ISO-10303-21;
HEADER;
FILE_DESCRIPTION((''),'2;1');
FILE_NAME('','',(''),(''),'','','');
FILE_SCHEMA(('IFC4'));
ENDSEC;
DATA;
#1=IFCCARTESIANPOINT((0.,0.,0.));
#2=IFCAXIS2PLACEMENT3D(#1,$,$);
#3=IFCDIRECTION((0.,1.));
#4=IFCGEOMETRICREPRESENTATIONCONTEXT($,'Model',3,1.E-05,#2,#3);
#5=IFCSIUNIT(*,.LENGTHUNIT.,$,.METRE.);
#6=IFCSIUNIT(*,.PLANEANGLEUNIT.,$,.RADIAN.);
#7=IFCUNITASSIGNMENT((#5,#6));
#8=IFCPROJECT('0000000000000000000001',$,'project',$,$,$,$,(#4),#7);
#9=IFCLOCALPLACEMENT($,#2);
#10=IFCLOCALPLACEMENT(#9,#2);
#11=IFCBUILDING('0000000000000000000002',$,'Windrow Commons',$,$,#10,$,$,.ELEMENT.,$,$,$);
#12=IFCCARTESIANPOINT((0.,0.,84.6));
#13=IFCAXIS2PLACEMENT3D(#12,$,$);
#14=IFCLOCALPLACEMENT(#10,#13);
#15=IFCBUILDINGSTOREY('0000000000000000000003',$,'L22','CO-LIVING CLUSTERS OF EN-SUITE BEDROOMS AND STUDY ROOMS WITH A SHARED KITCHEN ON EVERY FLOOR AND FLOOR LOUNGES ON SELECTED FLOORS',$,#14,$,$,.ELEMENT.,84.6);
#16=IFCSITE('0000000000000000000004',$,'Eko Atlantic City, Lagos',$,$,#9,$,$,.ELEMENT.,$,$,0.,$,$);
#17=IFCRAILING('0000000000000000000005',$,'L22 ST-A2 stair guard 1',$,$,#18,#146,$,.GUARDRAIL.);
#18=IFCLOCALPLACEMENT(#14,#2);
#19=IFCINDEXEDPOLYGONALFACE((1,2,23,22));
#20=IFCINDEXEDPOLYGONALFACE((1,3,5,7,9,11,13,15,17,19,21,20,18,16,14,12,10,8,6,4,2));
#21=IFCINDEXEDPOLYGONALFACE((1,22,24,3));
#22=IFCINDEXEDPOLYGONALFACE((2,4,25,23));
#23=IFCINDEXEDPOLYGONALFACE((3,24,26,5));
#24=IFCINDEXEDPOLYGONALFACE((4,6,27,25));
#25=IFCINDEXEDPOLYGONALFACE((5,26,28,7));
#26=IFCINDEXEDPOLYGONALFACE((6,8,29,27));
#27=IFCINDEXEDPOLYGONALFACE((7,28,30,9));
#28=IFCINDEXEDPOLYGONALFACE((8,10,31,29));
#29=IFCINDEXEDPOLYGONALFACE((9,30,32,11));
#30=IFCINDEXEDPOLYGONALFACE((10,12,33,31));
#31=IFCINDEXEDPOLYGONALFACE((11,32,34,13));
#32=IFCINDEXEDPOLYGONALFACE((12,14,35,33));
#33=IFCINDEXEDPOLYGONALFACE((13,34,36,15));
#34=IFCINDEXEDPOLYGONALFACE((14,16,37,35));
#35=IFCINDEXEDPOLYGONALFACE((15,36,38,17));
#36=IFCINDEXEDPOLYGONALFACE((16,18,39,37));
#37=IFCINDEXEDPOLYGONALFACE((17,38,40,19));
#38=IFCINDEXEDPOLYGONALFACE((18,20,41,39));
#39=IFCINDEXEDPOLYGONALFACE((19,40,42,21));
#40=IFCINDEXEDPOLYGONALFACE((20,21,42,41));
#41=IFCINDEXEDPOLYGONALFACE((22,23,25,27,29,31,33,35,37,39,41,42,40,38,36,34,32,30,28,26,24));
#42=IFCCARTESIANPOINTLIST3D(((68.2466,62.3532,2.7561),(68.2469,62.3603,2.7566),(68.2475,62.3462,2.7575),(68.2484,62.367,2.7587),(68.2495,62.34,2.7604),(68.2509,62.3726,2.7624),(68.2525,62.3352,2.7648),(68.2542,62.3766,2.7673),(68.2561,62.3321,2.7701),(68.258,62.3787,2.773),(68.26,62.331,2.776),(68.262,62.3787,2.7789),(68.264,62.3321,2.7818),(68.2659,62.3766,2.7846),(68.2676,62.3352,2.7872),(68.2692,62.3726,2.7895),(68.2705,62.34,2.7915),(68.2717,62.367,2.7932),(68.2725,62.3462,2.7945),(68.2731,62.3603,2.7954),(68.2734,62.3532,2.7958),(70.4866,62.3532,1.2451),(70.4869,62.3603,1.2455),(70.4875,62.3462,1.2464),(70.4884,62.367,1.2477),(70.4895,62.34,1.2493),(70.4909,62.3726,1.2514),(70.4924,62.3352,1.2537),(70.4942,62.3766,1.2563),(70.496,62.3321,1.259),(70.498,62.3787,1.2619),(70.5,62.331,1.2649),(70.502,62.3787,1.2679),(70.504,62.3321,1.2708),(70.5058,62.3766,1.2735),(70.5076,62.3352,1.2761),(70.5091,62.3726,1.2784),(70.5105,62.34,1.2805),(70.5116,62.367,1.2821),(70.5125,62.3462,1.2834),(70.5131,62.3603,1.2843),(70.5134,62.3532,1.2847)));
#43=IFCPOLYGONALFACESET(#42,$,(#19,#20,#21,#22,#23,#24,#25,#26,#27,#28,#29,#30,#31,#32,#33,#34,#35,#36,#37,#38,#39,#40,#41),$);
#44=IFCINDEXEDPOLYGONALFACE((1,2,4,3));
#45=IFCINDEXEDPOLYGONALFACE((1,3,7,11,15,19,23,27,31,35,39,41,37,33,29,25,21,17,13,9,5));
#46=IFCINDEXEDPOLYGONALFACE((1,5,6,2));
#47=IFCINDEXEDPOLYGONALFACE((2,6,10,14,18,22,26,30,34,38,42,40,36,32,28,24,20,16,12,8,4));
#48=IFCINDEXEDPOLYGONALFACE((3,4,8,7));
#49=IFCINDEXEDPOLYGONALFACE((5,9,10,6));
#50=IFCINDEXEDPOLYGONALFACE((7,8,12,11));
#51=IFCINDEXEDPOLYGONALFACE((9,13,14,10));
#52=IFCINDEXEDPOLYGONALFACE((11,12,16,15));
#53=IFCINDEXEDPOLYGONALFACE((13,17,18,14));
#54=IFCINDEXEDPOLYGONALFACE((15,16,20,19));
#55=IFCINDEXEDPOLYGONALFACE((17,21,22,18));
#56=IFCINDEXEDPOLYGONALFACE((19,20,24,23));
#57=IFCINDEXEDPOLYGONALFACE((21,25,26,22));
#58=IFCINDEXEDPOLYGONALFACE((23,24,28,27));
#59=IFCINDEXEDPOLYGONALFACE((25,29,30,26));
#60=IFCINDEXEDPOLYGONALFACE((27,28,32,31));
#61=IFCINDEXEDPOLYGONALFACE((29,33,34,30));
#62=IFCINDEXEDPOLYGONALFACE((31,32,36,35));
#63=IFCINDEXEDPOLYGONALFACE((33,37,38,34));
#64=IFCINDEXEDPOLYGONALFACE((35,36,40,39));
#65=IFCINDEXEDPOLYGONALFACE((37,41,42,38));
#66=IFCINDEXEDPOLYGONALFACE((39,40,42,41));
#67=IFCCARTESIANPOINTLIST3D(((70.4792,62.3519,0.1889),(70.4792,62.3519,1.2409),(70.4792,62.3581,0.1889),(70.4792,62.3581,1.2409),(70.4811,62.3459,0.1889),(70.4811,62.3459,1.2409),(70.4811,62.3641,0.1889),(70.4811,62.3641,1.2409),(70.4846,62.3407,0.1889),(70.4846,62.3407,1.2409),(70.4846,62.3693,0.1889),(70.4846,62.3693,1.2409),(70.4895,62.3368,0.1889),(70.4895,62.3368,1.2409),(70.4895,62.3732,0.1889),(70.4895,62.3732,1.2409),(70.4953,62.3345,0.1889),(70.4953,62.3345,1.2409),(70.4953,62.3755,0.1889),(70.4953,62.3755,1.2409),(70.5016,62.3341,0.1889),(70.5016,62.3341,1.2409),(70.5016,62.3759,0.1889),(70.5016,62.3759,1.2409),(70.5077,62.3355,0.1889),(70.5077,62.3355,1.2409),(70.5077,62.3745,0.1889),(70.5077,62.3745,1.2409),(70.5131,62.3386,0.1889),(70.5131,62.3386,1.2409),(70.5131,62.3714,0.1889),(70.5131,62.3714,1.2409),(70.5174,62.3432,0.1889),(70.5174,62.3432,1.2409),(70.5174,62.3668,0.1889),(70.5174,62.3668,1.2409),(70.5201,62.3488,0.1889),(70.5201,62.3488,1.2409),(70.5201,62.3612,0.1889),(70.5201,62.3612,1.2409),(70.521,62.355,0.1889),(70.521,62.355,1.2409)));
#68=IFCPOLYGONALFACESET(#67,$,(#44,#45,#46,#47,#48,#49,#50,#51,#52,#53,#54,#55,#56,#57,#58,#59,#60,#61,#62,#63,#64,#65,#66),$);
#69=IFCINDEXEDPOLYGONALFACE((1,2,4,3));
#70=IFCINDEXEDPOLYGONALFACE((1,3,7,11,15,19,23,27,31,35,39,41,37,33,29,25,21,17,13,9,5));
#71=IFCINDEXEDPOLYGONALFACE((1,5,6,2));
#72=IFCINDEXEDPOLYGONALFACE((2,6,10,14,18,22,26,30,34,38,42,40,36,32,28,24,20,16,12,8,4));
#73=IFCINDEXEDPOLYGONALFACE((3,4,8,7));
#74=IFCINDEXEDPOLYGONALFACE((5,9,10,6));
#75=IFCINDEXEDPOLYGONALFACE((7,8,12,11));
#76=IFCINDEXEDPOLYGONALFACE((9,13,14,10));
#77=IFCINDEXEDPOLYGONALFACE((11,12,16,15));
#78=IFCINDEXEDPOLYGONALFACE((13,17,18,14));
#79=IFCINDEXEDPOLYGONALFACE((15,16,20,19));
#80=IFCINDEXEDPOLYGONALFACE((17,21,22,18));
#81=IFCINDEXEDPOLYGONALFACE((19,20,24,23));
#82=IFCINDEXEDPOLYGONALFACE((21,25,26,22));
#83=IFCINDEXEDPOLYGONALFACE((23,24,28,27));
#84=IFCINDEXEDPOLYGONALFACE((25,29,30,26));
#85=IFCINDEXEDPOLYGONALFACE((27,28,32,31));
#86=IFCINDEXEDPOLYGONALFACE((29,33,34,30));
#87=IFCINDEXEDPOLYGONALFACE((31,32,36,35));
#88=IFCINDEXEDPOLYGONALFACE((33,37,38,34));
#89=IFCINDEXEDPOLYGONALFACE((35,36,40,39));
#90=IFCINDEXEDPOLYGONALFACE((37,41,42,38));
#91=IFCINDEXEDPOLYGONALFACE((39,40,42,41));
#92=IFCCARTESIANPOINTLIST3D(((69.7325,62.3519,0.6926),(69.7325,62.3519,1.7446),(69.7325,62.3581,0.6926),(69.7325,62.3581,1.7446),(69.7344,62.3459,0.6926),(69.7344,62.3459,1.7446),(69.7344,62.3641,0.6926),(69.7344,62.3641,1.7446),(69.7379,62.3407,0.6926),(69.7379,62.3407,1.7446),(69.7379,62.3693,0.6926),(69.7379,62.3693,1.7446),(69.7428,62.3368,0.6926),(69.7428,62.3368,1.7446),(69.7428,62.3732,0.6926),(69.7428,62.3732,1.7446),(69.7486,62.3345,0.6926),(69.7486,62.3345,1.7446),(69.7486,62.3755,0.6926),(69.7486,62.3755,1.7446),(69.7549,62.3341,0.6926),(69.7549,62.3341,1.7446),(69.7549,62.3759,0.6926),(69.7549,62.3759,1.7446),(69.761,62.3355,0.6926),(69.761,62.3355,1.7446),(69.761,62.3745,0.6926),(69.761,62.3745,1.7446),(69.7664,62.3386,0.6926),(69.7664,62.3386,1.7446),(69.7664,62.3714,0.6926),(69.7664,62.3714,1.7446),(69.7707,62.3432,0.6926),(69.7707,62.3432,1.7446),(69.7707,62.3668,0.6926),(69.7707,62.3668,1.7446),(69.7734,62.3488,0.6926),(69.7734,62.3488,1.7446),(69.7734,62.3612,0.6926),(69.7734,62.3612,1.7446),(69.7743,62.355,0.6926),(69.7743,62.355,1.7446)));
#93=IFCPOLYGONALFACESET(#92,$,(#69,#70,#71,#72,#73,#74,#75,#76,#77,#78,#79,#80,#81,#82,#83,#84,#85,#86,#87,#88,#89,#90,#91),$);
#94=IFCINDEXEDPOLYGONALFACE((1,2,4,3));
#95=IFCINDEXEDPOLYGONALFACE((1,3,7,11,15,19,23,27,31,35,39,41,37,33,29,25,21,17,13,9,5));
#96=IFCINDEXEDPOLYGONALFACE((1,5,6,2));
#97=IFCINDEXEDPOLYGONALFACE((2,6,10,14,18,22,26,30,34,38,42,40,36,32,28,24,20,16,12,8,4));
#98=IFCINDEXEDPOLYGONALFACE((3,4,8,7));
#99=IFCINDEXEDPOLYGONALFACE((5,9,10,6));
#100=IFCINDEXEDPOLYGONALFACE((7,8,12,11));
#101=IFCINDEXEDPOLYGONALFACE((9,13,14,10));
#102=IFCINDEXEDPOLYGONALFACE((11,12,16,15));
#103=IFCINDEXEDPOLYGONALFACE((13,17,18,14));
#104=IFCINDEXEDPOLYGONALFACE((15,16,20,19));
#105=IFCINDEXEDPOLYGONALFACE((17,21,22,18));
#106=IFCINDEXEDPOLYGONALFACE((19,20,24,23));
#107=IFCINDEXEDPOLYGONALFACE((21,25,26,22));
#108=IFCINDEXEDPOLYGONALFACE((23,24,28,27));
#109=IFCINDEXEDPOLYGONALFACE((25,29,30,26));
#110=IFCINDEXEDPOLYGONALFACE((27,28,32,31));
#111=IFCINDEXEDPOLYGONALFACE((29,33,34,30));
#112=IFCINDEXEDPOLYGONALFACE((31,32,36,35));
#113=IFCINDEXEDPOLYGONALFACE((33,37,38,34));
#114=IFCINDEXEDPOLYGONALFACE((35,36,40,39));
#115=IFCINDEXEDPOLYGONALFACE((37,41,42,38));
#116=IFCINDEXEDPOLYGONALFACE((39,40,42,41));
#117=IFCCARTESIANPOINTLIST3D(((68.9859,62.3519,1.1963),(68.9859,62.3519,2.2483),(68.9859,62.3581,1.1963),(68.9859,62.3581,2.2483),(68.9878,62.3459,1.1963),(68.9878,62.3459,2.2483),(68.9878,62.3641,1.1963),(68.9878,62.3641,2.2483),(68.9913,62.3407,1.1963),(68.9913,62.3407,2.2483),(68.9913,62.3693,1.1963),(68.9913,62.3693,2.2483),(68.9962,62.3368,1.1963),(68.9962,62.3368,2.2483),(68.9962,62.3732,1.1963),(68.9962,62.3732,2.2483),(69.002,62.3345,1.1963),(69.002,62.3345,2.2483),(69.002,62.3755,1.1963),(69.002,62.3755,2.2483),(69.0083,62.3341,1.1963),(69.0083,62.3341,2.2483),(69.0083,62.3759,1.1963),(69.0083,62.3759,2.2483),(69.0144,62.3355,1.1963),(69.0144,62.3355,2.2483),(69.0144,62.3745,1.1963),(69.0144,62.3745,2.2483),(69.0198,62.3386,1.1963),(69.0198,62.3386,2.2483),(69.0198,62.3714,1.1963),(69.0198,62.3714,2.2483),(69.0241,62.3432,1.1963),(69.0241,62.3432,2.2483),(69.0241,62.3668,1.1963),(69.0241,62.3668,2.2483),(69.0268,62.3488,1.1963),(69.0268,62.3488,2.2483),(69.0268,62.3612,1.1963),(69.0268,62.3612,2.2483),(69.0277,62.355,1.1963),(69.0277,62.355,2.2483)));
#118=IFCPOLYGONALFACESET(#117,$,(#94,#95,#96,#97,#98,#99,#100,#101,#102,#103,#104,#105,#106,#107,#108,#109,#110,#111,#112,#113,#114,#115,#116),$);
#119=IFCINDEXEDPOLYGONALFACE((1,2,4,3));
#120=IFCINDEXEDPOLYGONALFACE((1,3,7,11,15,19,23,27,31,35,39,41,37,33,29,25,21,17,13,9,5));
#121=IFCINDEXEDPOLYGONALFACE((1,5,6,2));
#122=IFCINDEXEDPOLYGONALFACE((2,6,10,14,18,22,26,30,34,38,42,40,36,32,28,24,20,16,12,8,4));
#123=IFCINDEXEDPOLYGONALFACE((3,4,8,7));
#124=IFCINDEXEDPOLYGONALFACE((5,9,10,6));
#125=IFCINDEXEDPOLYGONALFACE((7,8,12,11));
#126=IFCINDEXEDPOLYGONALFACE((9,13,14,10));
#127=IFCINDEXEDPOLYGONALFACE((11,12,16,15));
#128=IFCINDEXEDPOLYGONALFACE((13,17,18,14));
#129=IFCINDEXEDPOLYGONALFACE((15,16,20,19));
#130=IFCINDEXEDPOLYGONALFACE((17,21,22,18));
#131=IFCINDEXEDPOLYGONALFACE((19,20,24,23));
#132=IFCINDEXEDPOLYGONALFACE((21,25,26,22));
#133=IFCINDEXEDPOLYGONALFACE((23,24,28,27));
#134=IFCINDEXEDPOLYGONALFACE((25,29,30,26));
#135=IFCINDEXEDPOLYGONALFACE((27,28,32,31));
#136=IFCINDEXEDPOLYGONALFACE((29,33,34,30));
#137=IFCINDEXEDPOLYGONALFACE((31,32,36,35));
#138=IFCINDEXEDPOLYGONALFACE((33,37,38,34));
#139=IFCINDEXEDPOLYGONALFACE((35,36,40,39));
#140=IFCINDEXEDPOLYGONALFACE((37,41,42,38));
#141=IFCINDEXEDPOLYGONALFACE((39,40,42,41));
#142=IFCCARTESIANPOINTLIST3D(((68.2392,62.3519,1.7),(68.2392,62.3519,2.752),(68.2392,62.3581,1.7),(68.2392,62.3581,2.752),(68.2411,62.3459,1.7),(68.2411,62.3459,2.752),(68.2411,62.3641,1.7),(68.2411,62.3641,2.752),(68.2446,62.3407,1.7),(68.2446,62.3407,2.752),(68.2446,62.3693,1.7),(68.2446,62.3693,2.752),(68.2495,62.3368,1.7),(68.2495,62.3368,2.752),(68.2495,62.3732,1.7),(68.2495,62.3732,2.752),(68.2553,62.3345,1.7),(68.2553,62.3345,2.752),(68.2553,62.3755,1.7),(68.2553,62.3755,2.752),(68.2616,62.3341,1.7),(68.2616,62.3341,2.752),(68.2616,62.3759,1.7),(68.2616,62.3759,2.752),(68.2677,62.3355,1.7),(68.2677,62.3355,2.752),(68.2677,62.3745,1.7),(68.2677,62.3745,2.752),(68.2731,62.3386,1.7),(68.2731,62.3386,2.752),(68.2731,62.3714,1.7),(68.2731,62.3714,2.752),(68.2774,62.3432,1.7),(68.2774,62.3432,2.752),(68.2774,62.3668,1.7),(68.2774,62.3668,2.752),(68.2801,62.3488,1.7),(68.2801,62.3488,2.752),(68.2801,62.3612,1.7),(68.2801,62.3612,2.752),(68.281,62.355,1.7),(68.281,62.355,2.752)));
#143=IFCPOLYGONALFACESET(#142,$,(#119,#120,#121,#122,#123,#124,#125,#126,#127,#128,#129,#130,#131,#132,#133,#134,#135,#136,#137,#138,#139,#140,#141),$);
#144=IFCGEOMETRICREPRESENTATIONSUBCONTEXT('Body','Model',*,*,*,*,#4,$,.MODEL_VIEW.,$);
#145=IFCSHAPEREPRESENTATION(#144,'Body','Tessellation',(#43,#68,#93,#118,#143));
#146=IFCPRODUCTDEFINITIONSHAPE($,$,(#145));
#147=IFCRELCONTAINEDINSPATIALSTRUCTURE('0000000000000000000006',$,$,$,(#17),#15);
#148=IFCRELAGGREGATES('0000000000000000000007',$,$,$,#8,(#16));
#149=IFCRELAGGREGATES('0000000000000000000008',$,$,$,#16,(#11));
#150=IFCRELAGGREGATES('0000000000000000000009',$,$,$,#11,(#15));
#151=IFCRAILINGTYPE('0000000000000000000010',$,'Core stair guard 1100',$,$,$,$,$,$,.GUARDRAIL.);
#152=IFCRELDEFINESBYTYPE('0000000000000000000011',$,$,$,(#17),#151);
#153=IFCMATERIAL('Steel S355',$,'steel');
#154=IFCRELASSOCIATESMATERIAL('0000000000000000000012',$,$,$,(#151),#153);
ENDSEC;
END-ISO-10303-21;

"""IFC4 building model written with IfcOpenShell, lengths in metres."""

from ifc_helpers import new_model, si_unit, direction, frame, origin, origin_2d, place, context, subcontext, project, spatial, circle, extrude, material, type_object, element, save


model = new_model("IFC4")

# Units and contexts
model_context = context("Model", 3, precision=1e-05, world=origin(), true_north=direction((0.0, 1.0)))
body_context = subcontext(model_context, "Body", "Model", "MODEL_VIEW")
ifc_project = project(units=[si_unit("LENGTHUNIT", "METRE"), si_unit("PLANEANGLEUNIT", "RADIAN")], contexts=[model_context])

# Site, building, storey
site_placement = place(None, origin())
site = spatial("IfcSite", under=ifc_project, at=site_placement, Name="Eko Atlantic City, Lagos", CompositionType="ELEMENT", RefElevation=0.0)
building_placement = place(site_placement, origin())
building = spatial("IfcBuilding", under=site, at=building_placement, Name="Windrow Commons", CompositionType="ELEMENT")
storey_placement = place(building_placement, frame((0.0, 0.0, 84.6)))
storey = spatial("IfcBuildingStorey", under=building, at=storey_placement, Name="L22", Description="CO-LIVING CLUSTERS OF EN-SUITE BEDROOMS AND STUDY ROOMS WITH A SHARED KITCHEN ON EVERY FLOOR AND FLOOR LOUNGES ON SELECTED FLOORS", CompositionType="ELEMENT", Elevation=84.6)

# Railing
ifc_material_1 = material(Name="Steel S355", Category="steel")
railing_type_1 = type_object("IfcRailingType", Name="Core stair guard 1100", PredefinedType="GUARDRAIL", material=ifc_material_1)
railing_1_placement = place(storey_placement, frame((70.5, 62.355, 0.1889)))
element("IfcRailing", 1, at=railing_1_placement, inside=storey, type_object=railing_type_1, Name="L22 ST-A2 stair guard 1", PredefinedType="GUARDRAIL", context=body_context, shape_type="SweptSolid", body=[
    extrude(circle(Radius=0.024, at=origin_2d()), frame((0.0, 0.0, 1.076), z_axis=(-0.829003, 0.0, 0.559244), x_axis=(0.0, -1.0, 0.0)), (0.0, 0.0, 1.0), 2.702),
    extrude(circle(Radius=0.021, at=origin_2d()), origin(), (0.0, 0.0, 1.0), 1.052),
    extrude(circle(Radius=0.021, at=origin_2d()), frame((-0.7467, 0.0, 0.5037)), (0.0, 0.0, 1.0), 1.052),
    extrude(circle(Radius=0.021, at=origin_2d()), frame((-1.4933, 0.0, 1.0074)), (0.0, 0.0, 1.0), 1.052),
    extrude(circle(Radius=0.021, at=origin_2d()), frame((-2.24, 0.0, 1.5111)), (0.0, 0.0, 1.0), 1.052),
])

save(model, "model.ifc")
